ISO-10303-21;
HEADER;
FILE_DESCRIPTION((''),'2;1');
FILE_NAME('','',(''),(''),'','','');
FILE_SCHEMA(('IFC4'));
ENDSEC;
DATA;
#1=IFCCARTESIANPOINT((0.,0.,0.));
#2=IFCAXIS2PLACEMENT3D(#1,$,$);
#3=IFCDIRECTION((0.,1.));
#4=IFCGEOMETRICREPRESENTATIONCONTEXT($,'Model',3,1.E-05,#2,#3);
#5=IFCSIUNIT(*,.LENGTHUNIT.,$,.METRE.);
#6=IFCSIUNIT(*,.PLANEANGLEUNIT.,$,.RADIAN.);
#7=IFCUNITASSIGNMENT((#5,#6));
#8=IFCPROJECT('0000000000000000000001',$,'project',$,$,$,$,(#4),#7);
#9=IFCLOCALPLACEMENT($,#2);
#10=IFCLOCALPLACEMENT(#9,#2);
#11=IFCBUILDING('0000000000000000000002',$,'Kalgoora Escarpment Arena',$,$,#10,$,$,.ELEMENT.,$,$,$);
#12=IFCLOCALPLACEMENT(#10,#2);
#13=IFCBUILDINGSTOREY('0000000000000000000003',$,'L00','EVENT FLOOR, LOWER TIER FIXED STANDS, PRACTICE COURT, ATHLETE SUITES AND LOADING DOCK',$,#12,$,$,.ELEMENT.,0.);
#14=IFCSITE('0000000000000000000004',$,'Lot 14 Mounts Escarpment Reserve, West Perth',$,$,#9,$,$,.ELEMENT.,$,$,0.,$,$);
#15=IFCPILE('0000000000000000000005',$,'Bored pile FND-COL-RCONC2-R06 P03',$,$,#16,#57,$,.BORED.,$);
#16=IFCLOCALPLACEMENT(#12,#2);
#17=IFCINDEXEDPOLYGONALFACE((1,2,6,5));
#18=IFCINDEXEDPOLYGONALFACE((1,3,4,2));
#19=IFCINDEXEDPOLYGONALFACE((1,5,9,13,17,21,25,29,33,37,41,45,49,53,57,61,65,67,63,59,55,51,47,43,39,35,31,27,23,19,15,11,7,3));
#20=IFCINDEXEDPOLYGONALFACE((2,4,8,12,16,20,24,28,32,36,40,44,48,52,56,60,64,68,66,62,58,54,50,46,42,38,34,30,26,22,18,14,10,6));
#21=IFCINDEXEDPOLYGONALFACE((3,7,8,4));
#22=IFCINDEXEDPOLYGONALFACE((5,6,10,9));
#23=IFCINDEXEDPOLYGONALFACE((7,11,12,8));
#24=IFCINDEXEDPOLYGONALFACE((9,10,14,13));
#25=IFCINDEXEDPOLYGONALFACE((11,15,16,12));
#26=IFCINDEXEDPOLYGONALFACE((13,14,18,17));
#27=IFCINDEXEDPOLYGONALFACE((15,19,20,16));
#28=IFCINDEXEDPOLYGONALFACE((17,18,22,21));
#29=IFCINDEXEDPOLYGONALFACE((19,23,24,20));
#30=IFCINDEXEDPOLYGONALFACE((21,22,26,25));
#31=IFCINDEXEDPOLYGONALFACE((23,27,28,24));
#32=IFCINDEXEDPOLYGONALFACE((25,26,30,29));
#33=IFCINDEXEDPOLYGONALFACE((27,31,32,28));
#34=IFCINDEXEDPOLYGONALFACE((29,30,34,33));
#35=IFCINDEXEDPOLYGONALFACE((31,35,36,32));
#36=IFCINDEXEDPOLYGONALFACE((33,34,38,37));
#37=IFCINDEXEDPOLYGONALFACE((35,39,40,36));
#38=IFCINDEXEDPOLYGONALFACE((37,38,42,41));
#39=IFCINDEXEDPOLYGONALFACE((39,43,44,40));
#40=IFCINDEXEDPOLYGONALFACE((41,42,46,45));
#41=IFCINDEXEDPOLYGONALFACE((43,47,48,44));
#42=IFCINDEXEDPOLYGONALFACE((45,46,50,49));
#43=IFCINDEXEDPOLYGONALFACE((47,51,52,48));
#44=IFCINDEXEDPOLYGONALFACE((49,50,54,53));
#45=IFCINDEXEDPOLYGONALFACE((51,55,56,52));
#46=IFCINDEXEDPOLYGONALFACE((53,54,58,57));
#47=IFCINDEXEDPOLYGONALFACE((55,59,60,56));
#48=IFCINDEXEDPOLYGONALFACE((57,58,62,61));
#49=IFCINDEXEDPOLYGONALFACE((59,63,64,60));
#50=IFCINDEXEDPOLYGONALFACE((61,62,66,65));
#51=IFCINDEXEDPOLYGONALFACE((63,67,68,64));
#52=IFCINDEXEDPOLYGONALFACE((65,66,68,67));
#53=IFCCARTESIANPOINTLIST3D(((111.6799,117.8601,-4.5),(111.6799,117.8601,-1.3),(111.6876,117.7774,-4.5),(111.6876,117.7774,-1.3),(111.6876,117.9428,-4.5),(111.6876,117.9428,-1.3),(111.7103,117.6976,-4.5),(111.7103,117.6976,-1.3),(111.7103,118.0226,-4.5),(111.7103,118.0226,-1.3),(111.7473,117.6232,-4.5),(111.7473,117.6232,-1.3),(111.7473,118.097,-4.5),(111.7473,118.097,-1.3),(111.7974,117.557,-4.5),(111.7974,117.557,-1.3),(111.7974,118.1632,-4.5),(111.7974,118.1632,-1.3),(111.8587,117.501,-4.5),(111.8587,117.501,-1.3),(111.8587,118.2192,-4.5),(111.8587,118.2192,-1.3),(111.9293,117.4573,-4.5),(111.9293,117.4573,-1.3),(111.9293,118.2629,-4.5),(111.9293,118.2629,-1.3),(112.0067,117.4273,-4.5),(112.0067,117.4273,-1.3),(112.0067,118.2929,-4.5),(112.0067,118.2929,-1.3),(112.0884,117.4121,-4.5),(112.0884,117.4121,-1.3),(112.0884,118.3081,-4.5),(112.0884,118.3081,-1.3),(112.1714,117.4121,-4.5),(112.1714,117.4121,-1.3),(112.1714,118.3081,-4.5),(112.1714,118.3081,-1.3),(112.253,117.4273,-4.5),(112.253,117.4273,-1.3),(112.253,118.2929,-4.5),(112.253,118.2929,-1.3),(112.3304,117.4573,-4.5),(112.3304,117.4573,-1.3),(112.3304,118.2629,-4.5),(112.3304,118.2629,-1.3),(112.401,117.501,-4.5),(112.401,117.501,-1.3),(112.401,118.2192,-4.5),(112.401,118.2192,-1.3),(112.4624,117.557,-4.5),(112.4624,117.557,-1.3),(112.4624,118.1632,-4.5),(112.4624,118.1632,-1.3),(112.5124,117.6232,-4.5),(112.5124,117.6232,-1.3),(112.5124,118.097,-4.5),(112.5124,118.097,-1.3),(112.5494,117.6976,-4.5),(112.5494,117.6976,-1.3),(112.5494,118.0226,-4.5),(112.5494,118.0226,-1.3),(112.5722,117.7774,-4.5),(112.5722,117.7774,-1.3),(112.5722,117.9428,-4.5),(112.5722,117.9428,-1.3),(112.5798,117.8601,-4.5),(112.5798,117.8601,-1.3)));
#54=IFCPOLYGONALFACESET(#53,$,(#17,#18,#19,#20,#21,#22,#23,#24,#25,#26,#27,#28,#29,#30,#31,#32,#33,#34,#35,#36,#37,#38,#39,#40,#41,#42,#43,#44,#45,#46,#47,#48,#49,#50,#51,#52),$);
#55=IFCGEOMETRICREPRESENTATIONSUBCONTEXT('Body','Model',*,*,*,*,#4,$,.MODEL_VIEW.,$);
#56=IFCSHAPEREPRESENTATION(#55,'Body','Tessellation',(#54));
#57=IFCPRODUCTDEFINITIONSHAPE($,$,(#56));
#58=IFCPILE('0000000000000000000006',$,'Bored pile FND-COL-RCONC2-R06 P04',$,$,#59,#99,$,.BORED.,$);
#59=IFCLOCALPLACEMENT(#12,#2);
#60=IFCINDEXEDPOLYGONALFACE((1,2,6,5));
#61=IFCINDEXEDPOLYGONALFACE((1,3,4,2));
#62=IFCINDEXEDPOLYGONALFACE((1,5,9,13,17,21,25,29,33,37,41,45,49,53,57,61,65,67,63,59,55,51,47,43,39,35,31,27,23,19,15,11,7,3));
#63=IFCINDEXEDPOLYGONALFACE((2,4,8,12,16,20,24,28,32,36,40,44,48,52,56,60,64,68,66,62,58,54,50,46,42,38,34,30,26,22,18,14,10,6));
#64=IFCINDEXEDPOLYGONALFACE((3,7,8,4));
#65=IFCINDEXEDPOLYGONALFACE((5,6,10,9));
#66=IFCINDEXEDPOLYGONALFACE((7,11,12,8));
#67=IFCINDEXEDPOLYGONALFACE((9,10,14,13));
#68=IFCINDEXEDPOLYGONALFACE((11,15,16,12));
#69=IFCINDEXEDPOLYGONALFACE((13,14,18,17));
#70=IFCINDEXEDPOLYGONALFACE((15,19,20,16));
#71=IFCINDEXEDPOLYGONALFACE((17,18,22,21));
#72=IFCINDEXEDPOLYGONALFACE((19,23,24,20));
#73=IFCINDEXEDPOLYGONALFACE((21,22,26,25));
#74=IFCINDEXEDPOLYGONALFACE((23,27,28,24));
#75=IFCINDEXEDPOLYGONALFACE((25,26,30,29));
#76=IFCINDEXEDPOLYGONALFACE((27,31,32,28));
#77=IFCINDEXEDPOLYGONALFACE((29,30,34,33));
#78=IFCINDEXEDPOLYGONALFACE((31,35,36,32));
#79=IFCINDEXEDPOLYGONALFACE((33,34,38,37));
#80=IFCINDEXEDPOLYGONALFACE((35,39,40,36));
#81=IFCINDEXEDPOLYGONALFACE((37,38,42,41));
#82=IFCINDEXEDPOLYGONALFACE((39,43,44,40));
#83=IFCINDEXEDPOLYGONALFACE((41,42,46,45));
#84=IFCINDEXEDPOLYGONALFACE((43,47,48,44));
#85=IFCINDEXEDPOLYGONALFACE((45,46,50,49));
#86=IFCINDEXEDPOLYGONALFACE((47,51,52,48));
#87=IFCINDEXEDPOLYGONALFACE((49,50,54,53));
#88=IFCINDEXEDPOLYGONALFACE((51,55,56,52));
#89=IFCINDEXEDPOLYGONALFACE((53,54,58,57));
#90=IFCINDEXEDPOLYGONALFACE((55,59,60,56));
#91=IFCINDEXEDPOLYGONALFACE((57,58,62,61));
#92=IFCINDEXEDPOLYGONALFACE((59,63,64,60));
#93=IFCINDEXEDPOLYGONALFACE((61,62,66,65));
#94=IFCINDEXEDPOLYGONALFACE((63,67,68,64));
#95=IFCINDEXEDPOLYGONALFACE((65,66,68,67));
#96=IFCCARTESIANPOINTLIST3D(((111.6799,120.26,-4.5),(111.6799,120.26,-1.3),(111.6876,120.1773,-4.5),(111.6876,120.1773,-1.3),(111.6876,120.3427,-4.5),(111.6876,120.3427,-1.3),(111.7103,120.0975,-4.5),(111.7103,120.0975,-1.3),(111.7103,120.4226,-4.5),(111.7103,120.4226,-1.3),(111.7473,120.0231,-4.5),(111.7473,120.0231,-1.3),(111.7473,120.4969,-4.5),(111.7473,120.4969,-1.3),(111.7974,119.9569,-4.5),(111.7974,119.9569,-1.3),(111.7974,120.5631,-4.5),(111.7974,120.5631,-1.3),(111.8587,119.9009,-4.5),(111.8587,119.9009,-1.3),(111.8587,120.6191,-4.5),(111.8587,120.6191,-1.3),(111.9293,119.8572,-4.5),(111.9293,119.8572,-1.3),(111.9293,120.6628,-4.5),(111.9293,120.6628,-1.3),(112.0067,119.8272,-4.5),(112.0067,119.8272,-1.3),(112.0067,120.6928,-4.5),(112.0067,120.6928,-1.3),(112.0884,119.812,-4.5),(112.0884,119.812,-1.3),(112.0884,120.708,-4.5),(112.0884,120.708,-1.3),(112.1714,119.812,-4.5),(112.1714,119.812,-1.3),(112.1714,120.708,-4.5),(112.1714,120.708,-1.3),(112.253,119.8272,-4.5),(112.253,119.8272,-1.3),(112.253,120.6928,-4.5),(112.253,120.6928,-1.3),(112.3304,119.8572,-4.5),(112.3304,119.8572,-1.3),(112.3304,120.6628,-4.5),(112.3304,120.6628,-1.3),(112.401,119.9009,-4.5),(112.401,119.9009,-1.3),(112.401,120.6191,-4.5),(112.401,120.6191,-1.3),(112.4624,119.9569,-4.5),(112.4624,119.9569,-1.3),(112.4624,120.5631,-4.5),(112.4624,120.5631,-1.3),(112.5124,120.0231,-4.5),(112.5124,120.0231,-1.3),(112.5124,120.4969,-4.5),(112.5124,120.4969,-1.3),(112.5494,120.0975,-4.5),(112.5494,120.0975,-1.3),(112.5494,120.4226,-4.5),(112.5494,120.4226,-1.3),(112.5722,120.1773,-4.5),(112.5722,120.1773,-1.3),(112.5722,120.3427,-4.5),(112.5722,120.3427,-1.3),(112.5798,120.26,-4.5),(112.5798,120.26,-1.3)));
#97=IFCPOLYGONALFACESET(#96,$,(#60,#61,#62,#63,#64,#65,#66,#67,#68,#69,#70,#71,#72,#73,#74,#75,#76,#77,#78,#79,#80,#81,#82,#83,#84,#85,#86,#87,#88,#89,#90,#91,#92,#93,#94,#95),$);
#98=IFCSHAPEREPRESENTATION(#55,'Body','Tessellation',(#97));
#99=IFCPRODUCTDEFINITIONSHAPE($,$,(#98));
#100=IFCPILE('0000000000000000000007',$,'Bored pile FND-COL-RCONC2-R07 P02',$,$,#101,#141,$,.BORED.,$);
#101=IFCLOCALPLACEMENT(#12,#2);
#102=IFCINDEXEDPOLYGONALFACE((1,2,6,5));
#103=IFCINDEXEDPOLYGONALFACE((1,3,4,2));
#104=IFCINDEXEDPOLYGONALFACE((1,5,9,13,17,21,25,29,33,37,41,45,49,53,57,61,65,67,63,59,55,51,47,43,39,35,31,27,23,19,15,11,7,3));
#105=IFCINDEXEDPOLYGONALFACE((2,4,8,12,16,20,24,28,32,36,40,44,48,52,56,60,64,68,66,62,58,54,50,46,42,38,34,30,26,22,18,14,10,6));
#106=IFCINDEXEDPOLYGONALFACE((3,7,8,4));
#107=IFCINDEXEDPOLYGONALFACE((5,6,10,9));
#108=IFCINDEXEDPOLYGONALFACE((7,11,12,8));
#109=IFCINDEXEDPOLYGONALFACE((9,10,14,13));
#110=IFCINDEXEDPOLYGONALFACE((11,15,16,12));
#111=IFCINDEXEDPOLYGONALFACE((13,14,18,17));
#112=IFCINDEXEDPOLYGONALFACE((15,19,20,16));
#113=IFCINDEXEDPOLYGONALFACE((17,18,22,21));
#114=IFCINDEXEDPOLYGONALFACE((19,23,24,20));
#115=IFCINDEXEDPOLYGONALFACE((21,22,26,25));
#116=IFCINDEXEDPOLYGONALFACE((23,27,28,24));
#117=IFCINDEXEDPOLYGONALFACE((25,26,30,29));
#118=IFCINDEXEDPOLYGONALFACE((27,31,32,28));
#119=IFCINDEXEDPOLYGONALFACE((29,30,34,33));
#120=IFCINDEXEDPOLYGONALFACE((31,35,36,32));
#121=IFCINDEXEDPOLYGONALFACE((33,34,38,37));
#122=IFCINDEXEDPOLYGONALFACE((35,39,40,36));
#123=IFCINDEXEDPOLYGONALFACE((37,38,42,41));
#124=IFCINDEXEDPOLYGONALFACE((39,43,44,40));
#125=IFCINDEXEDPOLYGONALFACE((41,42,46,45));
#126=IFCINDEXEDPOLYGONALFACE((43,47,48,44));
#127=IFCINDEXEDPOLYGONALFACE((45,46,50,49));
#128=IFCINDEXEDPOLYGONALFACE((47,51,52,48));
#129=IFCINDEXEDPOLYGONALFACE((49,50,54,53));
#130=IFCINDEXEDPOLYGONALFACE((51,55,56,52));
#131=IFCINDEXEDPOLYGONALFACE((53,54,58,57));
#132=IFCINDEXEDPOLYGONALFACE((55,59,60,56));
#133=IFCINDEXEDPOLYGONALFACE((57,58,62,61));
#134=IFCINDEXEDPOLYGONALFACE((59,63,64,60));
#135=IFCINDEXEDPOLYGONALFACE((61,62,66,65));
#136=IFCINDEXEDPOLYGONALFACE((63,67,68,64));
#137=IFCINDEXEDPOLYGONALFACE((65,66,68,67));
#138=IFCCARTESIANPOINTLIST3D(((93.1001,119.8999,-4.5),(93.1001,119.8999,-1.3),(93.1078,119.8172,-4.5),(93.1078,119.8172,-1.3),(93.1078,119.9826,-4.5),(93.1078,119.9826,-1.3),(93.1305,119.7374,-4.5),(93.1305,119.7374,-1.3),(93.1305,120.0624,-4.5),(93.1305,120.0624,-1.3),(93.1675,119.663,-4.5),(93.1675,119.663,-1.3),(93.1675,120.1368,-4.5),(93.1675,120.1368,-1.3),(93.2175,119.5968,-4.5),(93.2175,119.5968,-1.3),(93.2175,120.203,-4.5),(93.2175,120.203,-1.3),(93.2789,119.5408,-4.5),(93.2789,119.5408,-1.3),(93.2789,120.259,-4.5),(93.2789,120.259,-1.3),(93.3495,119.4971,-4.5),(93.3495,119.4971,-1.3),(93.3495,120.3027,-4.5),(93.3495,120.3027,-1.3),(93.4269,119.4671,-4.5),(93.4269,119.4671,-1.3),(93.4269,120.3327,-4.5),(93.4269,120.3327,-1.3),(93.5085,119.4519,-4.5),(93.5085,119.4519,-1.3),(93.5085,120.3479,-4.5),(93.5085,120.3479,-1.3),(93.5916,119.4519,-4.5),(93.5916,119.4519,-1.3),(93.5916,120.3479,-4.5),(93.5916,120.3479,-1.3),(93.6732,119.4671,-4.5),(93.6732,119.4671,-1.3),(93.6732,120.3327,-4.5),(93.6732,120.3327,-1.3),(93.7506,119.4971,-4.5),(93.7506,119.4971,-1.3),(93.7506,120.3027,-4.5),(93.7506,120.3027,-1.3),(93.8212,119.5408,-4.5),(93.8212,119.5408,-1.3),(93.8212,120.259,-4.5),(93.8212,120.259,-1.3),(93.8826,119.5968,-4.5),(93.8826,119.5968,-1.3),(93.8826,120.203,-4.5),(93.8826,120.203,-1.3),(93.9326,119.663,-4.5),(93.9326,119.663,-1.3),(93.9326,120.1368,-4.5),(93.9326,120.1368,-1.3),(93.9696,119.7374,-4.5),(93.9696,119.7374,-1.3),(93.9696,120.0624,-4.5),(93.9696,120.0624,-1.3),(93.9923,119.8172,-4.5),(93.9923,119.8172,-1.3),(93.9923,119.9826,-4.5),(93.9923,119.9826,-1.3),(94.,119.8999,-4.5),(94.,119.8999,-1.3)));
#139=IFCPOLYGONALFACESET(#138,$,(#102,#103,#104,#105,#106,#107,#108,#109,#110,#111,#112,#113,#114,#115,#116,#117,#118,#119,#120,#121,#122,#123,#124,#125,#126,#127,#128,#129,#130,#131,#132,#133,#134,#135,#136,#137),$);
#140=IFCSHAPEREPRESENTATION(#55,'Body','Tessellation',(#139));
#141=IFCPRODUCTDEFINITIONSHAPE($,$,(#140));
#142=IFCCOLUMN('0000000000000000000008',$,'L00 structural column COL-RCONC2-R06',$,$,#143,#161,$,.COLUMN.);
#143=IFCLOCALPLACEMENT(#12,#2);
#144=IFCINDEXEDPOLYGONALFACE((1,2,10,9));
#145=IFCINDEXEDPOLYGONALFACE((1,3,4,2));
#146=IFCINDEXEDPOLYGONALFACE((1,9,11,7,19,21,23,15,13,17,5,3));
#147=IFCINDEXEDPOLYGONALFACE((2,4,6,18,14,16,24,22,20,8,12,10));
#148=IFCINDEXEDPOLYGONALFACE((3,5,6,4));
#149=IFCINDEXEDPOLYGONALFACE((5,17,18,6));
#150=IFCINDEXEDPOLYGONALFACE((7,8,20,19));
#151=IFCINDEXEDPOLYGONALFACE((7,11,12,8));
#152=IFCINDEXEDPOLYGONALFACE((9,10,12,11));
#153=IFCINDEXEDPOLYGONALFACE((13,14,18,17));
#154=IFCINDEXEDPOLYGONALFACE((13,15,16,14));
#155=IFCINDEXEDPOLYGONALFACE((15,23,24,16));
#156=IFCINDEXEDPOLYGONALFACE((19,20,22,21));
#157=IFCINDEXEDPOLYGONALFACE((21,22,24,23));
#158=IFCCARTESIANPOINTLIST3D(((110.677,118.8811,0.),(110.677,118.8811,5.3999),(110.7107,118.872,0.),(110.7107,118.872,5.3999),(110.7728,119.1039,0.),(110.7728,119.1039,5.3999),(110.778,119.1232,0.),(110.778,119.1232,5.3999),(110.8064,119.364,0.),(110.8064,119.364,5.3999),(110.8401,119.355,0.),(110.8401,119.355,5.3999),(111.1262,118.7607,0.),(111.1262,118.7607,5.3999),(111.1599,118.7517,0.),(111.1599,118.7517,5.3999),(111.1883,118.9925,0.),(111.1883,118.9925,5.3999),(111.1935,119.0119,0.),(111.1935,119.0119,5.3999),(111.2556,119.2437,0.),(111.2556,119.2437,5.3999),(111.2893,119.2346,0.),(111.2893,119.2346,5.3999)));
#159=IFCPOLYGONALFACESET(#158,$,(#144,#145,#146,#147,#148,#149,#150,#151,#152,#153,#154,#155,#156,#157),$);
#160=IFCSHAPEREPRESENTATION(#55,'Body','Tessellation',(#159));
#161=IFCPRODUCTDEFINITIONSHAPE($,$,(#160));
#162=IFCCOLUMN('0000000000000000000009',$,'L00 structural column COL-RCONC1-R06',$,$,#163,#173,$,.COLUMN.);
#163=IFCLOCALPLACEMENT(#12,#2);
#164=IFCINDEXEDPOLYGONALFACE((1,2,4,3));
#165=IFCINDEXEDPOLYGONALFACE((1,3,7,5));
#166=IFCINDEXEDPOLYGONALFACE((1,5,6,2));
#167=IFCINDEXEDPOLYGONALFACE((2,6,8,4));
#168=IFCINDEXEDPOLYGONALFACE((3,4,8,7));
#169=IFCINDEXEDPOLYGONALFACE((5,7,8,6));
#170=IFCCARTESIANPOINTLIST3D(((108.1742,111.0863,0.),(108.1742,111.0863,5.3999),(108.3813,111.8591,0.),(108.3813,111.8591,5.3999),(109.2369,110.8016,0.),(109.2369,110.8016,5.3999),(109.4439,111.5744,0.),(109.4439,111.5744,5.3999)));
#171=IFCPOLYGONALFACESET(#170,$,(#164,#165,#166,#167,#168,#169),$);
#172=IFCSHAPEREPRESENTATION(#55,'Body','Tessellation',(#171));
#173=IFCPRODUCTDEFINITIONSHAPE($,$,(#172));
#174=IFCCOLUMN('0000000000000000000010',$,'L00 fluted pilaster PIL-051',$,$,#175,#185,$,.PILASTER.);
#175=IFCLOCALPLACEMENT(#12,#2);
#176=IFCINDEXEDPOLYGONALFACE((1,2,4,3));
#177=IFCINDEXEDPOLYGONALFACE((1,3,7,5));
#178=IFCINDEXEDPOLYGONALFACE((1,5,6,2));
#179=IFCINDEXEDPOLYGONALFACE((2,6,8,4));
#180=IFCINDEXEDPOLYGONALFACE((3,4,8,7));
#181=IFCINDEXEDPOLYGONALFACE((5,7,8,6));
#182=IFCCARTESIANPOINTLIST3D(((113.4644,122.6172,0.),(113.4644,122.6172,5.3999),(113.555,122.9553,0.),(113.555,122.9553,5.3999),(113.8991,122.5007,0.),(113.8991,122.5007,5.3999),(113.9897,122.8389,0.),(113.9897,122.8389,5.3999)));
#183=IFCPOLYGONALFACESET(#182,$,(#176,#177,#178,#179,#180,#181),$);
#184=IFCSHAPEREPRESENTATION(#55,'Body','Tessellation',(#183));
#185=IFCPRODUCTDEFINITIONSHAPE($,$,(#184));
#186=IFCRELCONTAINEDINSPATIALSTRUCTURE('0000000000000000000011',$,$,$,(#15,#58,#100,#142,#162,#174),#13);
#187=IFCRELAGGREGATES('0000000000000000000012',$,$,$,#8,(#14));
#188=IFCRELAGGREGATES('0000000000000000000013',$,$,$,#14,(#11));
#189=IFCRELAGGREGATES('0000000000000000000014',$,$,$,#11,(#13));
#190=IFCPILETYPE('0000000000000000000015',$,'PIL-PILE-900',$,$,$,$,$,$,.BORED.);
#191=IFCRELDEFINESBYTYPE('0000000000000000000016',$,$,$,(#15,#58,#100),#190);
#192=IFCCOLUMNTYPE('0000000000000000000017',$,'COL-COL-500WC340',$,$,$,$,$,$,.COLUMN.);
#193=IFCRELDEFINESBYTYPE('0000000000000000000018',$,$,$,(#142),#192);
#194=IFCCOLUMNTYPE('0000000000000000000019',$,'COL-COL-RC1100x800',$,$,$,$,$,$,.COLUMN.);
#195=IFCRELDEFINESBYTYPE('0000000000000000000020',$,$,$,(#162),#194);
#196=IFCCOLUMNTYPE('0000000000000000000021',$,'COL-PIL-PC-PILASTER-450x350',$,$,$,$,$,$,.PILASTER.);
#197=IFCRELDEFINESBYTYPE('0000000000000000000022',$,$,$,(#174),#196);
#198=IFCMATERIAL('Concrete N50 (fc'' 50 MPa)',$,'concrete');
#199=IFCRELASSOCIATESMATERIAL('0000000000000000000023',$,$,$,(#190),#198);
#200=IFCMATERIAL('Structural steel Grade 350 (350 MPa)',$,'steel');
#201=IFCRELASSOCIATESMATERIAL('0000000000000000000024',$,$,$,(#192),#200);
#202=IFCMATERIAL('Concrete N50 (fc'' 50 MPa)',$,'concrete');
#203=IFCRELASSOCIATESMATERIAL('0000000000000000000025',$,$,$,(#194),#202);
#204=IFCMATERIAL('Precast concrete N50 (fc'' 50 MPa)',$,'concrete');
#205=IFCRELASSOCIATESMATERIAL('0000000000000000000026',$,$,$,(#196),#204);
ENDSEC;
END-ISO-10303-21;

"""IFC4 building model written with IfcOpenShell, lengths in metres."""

from ifc_helpers import new_model, si_unit, direction, frame, origin, origin_2d, place, context, subcontext, project, spatial, rectangle, circle, i_section, extrude, material, material_profile, profile_set, type_object, element, save


model = new_model("IFC4")

# Units and contexts
model_context = context("Model", 3, precision=1e-05, world=origin(), true_north=direction((0.0, 1.0)))
body_context = subcontext(model_context, "Body", "Model", "MODEL_VIEW")
ifc_project = project(units=[si_unit("LENGTHUNIT", "METRE"), si_unit("PLANEANGLEUNIT", "RADIAN")], contexts=[model_context])

# Site, building, storey
site_placement = place(None, origin())
site = spatial("IfcSite", under=ifc_project, at=site_placement, Name="Lot 14 Mounts Escarpment Reserve, West Perth", CompositionType="ELEMENT", RefElevation=0.0)
building_placement = place(site_placement, origin())
building = spatial("IfcBuilding", under=site, at=building_placement, Name="Kalgoora Escarpment Arena", CompositionType="ELEMENT")
storey_placement = place(building_placement, origin())
storey = spatial("IfcBuildingStorey", under=building, at=storey_placement, Name="L00", Description="EVENT FLOOR, LOWER TIER FIXED STANDS, PRACTICE COURT, ATHLETE SUITES AND LOADING DOCK", CompositionType="ELEMENT", Elevation=0.0)

# Piles
ifc_material_1 = material(Name="Concrete N50 (fc' 50 MPa)", Category="concrete")
ifc_material_profile_1 = material_profile(ifc_material_1, circle(Radius=0.45, at=origin_2d()))
ifc_profile_set_1 = profile_set([ifc_material_profile_1], Name="Concrete N50 (fc' 50 MPa)")
pile_type_1 = type_object("IfcPileType", Name="PIL-PILE-900", PredefinedType="BORED", material=ifc_profile_set_1)
for number, where, z_axis, x_axis, name in (
    (1, (112.1299, 117.8601, -1.3), (0.0, 0.0, -1.0), (1.0, 0.0, 0.0), "Bored pile FND-COL-RCONC2-R06 P03"),
    (2, (112.1299, 120.26, -1.3), (0.0, 0.0, -1.0), (1.0, 0.0, 0.0), "Bored pile FND-COL-RCONC2-R06 P04"),
    (3, (93.55, 119.8999, -1.3), (0.0, 0.0, -1.0), (1.0, 0.0, 0.0), "Bored pile FND-COL-RCONC2-R07 P02"),
):
    element("IfcPile", number, at=place(storey_placement, frame(where, z_axis=z_axis, x_axis=x_axis)), inside=storey, type_object=pile_type_1, Name=name, PredefinedType="BORED", context=body_context, shape_type="SweptSolid", body=[
        extrude(circle(Radius=0.45, at=origin_2d()), origin(), (0.0, 0.0, 1.0), 3.2),
    ])

# Columns
ifc_material_2 = material(Name="Structural steel Grade 350 (350 MPa)", Category="steel")
ifc_material_profile_2 = material_profile(ifc_material_2, i_section(OverallWidth=0.5, OverallDepth=0.5, WebThickness=0.02, FlangeThickness=0.0349, at=origin_2d()))
ifc_profile_set_2 = profile_set([ifc_material_profile_2], Name="Structural steel Grade 350 (350 MPa)")
column_type_1 = type_object("IfcColumnType", Name="COL-COL-500WC340", PredefinedType="COLUMN", material=ifc_profile_set_2)
column_1_placement = place(storey_placement, frame((110.9832, 119.0579, 0.0), z_axis=(0.0, 0.0, 1.0), x_axis=(0.258819, 0.965926, 0.0)))
element("IfcColumn", 4, at=column_1_placement, inside=storey, type_object=column_type_1, Name="L00 structural column COL-RCONC2-R06", PredefinedType="COLUMN", context=body_context, shape_type="SweptSolid", body=[
    extrude(i_section(OverallWidth=0.5, OverallDepth=0.5, WebThickness=0.02, FlangeThickness=0.0349, at=origin_2d()), origin(), (0.0, 0.0, 1.0), 5.3999),
])
ifc_material_3 = material(Name="Concrete N50 (fc' 50 MPa)", Category="concrete")
ifc_material_profile_3 = material_profile(ifc_material_3, rectangle(XDim=0.8, YDim=1.1001, at=origin_2d()))
ifc_profile_set_3 = profile_set([ifc_material_profile_3], Name="Concrete N50 (fc' 50 MPa)")
column_type_2 = type_object("IfcColumnType", Name="COL-COL-RC1100x800", PredefinedType="COLUMN", material=ifc_profile_set_3)
column_2_placement = place(storey_placement, frame((108.8091, 111.3303, 0.0), z_axis=(0.0, 0.0, 1.0), x_axis=(0.258819, 0.965926, 0.0)))
element("IfcColumn", 5, at=column_2_placement, inside=storey, type_object=column_type_2, Name="L00 structural column COL-RCONC1-R06", PredefinedType="COLUMN", context=body_context, shape_type="SweptSolid", body=[
    extrude(rectangle(XDim=0.8, YDim=1.1001, at=origin_2d()), origin(), (0.0, 0.0, 1.0), 5.3999),
])
ifc_material_4 = material(Name="Precast concrete N50 (fc' 50 MPa)", Category="concrete")
ifc_material_profile_4 = material_profile(ifc_material_4, rectangle(XDim=0.3501, YDim=0.45, at=origin_2d()))
ifc_profile_set_4 = profile_set([ifc_material_profile_4], Name="Precast concrete N50 (fc' 50 MPa)")
column_type_3 = type_object("IfcColumnType", Name="COL-PIL-PC-PILASTER-450x350", PredefinedType="PILASTER", material=ifc_profile_set_4)
column_3_placement = place(storey_placement, frame((113.7271, 122.728, 0.0), z_axis=(0.0, 0.0, 1.0), x_axis=(0.258819, 0.965926, 0.0)))
element("IfcColumn", 6, at=column_3_placement, inside=storey, type_object=column_type_3, Name="L00 fluted pilaster PIL-051", PredefinedType="PILASTER", context=body_context, shape_type="SweptSolid", body=[
    extrude(rectangle(XDim=0.3501, YDim=0.45, at=origin_2d()), origin(), (0.0, 0.0, 1.0), 5.3999),
])

save(model, "model.ifc")
